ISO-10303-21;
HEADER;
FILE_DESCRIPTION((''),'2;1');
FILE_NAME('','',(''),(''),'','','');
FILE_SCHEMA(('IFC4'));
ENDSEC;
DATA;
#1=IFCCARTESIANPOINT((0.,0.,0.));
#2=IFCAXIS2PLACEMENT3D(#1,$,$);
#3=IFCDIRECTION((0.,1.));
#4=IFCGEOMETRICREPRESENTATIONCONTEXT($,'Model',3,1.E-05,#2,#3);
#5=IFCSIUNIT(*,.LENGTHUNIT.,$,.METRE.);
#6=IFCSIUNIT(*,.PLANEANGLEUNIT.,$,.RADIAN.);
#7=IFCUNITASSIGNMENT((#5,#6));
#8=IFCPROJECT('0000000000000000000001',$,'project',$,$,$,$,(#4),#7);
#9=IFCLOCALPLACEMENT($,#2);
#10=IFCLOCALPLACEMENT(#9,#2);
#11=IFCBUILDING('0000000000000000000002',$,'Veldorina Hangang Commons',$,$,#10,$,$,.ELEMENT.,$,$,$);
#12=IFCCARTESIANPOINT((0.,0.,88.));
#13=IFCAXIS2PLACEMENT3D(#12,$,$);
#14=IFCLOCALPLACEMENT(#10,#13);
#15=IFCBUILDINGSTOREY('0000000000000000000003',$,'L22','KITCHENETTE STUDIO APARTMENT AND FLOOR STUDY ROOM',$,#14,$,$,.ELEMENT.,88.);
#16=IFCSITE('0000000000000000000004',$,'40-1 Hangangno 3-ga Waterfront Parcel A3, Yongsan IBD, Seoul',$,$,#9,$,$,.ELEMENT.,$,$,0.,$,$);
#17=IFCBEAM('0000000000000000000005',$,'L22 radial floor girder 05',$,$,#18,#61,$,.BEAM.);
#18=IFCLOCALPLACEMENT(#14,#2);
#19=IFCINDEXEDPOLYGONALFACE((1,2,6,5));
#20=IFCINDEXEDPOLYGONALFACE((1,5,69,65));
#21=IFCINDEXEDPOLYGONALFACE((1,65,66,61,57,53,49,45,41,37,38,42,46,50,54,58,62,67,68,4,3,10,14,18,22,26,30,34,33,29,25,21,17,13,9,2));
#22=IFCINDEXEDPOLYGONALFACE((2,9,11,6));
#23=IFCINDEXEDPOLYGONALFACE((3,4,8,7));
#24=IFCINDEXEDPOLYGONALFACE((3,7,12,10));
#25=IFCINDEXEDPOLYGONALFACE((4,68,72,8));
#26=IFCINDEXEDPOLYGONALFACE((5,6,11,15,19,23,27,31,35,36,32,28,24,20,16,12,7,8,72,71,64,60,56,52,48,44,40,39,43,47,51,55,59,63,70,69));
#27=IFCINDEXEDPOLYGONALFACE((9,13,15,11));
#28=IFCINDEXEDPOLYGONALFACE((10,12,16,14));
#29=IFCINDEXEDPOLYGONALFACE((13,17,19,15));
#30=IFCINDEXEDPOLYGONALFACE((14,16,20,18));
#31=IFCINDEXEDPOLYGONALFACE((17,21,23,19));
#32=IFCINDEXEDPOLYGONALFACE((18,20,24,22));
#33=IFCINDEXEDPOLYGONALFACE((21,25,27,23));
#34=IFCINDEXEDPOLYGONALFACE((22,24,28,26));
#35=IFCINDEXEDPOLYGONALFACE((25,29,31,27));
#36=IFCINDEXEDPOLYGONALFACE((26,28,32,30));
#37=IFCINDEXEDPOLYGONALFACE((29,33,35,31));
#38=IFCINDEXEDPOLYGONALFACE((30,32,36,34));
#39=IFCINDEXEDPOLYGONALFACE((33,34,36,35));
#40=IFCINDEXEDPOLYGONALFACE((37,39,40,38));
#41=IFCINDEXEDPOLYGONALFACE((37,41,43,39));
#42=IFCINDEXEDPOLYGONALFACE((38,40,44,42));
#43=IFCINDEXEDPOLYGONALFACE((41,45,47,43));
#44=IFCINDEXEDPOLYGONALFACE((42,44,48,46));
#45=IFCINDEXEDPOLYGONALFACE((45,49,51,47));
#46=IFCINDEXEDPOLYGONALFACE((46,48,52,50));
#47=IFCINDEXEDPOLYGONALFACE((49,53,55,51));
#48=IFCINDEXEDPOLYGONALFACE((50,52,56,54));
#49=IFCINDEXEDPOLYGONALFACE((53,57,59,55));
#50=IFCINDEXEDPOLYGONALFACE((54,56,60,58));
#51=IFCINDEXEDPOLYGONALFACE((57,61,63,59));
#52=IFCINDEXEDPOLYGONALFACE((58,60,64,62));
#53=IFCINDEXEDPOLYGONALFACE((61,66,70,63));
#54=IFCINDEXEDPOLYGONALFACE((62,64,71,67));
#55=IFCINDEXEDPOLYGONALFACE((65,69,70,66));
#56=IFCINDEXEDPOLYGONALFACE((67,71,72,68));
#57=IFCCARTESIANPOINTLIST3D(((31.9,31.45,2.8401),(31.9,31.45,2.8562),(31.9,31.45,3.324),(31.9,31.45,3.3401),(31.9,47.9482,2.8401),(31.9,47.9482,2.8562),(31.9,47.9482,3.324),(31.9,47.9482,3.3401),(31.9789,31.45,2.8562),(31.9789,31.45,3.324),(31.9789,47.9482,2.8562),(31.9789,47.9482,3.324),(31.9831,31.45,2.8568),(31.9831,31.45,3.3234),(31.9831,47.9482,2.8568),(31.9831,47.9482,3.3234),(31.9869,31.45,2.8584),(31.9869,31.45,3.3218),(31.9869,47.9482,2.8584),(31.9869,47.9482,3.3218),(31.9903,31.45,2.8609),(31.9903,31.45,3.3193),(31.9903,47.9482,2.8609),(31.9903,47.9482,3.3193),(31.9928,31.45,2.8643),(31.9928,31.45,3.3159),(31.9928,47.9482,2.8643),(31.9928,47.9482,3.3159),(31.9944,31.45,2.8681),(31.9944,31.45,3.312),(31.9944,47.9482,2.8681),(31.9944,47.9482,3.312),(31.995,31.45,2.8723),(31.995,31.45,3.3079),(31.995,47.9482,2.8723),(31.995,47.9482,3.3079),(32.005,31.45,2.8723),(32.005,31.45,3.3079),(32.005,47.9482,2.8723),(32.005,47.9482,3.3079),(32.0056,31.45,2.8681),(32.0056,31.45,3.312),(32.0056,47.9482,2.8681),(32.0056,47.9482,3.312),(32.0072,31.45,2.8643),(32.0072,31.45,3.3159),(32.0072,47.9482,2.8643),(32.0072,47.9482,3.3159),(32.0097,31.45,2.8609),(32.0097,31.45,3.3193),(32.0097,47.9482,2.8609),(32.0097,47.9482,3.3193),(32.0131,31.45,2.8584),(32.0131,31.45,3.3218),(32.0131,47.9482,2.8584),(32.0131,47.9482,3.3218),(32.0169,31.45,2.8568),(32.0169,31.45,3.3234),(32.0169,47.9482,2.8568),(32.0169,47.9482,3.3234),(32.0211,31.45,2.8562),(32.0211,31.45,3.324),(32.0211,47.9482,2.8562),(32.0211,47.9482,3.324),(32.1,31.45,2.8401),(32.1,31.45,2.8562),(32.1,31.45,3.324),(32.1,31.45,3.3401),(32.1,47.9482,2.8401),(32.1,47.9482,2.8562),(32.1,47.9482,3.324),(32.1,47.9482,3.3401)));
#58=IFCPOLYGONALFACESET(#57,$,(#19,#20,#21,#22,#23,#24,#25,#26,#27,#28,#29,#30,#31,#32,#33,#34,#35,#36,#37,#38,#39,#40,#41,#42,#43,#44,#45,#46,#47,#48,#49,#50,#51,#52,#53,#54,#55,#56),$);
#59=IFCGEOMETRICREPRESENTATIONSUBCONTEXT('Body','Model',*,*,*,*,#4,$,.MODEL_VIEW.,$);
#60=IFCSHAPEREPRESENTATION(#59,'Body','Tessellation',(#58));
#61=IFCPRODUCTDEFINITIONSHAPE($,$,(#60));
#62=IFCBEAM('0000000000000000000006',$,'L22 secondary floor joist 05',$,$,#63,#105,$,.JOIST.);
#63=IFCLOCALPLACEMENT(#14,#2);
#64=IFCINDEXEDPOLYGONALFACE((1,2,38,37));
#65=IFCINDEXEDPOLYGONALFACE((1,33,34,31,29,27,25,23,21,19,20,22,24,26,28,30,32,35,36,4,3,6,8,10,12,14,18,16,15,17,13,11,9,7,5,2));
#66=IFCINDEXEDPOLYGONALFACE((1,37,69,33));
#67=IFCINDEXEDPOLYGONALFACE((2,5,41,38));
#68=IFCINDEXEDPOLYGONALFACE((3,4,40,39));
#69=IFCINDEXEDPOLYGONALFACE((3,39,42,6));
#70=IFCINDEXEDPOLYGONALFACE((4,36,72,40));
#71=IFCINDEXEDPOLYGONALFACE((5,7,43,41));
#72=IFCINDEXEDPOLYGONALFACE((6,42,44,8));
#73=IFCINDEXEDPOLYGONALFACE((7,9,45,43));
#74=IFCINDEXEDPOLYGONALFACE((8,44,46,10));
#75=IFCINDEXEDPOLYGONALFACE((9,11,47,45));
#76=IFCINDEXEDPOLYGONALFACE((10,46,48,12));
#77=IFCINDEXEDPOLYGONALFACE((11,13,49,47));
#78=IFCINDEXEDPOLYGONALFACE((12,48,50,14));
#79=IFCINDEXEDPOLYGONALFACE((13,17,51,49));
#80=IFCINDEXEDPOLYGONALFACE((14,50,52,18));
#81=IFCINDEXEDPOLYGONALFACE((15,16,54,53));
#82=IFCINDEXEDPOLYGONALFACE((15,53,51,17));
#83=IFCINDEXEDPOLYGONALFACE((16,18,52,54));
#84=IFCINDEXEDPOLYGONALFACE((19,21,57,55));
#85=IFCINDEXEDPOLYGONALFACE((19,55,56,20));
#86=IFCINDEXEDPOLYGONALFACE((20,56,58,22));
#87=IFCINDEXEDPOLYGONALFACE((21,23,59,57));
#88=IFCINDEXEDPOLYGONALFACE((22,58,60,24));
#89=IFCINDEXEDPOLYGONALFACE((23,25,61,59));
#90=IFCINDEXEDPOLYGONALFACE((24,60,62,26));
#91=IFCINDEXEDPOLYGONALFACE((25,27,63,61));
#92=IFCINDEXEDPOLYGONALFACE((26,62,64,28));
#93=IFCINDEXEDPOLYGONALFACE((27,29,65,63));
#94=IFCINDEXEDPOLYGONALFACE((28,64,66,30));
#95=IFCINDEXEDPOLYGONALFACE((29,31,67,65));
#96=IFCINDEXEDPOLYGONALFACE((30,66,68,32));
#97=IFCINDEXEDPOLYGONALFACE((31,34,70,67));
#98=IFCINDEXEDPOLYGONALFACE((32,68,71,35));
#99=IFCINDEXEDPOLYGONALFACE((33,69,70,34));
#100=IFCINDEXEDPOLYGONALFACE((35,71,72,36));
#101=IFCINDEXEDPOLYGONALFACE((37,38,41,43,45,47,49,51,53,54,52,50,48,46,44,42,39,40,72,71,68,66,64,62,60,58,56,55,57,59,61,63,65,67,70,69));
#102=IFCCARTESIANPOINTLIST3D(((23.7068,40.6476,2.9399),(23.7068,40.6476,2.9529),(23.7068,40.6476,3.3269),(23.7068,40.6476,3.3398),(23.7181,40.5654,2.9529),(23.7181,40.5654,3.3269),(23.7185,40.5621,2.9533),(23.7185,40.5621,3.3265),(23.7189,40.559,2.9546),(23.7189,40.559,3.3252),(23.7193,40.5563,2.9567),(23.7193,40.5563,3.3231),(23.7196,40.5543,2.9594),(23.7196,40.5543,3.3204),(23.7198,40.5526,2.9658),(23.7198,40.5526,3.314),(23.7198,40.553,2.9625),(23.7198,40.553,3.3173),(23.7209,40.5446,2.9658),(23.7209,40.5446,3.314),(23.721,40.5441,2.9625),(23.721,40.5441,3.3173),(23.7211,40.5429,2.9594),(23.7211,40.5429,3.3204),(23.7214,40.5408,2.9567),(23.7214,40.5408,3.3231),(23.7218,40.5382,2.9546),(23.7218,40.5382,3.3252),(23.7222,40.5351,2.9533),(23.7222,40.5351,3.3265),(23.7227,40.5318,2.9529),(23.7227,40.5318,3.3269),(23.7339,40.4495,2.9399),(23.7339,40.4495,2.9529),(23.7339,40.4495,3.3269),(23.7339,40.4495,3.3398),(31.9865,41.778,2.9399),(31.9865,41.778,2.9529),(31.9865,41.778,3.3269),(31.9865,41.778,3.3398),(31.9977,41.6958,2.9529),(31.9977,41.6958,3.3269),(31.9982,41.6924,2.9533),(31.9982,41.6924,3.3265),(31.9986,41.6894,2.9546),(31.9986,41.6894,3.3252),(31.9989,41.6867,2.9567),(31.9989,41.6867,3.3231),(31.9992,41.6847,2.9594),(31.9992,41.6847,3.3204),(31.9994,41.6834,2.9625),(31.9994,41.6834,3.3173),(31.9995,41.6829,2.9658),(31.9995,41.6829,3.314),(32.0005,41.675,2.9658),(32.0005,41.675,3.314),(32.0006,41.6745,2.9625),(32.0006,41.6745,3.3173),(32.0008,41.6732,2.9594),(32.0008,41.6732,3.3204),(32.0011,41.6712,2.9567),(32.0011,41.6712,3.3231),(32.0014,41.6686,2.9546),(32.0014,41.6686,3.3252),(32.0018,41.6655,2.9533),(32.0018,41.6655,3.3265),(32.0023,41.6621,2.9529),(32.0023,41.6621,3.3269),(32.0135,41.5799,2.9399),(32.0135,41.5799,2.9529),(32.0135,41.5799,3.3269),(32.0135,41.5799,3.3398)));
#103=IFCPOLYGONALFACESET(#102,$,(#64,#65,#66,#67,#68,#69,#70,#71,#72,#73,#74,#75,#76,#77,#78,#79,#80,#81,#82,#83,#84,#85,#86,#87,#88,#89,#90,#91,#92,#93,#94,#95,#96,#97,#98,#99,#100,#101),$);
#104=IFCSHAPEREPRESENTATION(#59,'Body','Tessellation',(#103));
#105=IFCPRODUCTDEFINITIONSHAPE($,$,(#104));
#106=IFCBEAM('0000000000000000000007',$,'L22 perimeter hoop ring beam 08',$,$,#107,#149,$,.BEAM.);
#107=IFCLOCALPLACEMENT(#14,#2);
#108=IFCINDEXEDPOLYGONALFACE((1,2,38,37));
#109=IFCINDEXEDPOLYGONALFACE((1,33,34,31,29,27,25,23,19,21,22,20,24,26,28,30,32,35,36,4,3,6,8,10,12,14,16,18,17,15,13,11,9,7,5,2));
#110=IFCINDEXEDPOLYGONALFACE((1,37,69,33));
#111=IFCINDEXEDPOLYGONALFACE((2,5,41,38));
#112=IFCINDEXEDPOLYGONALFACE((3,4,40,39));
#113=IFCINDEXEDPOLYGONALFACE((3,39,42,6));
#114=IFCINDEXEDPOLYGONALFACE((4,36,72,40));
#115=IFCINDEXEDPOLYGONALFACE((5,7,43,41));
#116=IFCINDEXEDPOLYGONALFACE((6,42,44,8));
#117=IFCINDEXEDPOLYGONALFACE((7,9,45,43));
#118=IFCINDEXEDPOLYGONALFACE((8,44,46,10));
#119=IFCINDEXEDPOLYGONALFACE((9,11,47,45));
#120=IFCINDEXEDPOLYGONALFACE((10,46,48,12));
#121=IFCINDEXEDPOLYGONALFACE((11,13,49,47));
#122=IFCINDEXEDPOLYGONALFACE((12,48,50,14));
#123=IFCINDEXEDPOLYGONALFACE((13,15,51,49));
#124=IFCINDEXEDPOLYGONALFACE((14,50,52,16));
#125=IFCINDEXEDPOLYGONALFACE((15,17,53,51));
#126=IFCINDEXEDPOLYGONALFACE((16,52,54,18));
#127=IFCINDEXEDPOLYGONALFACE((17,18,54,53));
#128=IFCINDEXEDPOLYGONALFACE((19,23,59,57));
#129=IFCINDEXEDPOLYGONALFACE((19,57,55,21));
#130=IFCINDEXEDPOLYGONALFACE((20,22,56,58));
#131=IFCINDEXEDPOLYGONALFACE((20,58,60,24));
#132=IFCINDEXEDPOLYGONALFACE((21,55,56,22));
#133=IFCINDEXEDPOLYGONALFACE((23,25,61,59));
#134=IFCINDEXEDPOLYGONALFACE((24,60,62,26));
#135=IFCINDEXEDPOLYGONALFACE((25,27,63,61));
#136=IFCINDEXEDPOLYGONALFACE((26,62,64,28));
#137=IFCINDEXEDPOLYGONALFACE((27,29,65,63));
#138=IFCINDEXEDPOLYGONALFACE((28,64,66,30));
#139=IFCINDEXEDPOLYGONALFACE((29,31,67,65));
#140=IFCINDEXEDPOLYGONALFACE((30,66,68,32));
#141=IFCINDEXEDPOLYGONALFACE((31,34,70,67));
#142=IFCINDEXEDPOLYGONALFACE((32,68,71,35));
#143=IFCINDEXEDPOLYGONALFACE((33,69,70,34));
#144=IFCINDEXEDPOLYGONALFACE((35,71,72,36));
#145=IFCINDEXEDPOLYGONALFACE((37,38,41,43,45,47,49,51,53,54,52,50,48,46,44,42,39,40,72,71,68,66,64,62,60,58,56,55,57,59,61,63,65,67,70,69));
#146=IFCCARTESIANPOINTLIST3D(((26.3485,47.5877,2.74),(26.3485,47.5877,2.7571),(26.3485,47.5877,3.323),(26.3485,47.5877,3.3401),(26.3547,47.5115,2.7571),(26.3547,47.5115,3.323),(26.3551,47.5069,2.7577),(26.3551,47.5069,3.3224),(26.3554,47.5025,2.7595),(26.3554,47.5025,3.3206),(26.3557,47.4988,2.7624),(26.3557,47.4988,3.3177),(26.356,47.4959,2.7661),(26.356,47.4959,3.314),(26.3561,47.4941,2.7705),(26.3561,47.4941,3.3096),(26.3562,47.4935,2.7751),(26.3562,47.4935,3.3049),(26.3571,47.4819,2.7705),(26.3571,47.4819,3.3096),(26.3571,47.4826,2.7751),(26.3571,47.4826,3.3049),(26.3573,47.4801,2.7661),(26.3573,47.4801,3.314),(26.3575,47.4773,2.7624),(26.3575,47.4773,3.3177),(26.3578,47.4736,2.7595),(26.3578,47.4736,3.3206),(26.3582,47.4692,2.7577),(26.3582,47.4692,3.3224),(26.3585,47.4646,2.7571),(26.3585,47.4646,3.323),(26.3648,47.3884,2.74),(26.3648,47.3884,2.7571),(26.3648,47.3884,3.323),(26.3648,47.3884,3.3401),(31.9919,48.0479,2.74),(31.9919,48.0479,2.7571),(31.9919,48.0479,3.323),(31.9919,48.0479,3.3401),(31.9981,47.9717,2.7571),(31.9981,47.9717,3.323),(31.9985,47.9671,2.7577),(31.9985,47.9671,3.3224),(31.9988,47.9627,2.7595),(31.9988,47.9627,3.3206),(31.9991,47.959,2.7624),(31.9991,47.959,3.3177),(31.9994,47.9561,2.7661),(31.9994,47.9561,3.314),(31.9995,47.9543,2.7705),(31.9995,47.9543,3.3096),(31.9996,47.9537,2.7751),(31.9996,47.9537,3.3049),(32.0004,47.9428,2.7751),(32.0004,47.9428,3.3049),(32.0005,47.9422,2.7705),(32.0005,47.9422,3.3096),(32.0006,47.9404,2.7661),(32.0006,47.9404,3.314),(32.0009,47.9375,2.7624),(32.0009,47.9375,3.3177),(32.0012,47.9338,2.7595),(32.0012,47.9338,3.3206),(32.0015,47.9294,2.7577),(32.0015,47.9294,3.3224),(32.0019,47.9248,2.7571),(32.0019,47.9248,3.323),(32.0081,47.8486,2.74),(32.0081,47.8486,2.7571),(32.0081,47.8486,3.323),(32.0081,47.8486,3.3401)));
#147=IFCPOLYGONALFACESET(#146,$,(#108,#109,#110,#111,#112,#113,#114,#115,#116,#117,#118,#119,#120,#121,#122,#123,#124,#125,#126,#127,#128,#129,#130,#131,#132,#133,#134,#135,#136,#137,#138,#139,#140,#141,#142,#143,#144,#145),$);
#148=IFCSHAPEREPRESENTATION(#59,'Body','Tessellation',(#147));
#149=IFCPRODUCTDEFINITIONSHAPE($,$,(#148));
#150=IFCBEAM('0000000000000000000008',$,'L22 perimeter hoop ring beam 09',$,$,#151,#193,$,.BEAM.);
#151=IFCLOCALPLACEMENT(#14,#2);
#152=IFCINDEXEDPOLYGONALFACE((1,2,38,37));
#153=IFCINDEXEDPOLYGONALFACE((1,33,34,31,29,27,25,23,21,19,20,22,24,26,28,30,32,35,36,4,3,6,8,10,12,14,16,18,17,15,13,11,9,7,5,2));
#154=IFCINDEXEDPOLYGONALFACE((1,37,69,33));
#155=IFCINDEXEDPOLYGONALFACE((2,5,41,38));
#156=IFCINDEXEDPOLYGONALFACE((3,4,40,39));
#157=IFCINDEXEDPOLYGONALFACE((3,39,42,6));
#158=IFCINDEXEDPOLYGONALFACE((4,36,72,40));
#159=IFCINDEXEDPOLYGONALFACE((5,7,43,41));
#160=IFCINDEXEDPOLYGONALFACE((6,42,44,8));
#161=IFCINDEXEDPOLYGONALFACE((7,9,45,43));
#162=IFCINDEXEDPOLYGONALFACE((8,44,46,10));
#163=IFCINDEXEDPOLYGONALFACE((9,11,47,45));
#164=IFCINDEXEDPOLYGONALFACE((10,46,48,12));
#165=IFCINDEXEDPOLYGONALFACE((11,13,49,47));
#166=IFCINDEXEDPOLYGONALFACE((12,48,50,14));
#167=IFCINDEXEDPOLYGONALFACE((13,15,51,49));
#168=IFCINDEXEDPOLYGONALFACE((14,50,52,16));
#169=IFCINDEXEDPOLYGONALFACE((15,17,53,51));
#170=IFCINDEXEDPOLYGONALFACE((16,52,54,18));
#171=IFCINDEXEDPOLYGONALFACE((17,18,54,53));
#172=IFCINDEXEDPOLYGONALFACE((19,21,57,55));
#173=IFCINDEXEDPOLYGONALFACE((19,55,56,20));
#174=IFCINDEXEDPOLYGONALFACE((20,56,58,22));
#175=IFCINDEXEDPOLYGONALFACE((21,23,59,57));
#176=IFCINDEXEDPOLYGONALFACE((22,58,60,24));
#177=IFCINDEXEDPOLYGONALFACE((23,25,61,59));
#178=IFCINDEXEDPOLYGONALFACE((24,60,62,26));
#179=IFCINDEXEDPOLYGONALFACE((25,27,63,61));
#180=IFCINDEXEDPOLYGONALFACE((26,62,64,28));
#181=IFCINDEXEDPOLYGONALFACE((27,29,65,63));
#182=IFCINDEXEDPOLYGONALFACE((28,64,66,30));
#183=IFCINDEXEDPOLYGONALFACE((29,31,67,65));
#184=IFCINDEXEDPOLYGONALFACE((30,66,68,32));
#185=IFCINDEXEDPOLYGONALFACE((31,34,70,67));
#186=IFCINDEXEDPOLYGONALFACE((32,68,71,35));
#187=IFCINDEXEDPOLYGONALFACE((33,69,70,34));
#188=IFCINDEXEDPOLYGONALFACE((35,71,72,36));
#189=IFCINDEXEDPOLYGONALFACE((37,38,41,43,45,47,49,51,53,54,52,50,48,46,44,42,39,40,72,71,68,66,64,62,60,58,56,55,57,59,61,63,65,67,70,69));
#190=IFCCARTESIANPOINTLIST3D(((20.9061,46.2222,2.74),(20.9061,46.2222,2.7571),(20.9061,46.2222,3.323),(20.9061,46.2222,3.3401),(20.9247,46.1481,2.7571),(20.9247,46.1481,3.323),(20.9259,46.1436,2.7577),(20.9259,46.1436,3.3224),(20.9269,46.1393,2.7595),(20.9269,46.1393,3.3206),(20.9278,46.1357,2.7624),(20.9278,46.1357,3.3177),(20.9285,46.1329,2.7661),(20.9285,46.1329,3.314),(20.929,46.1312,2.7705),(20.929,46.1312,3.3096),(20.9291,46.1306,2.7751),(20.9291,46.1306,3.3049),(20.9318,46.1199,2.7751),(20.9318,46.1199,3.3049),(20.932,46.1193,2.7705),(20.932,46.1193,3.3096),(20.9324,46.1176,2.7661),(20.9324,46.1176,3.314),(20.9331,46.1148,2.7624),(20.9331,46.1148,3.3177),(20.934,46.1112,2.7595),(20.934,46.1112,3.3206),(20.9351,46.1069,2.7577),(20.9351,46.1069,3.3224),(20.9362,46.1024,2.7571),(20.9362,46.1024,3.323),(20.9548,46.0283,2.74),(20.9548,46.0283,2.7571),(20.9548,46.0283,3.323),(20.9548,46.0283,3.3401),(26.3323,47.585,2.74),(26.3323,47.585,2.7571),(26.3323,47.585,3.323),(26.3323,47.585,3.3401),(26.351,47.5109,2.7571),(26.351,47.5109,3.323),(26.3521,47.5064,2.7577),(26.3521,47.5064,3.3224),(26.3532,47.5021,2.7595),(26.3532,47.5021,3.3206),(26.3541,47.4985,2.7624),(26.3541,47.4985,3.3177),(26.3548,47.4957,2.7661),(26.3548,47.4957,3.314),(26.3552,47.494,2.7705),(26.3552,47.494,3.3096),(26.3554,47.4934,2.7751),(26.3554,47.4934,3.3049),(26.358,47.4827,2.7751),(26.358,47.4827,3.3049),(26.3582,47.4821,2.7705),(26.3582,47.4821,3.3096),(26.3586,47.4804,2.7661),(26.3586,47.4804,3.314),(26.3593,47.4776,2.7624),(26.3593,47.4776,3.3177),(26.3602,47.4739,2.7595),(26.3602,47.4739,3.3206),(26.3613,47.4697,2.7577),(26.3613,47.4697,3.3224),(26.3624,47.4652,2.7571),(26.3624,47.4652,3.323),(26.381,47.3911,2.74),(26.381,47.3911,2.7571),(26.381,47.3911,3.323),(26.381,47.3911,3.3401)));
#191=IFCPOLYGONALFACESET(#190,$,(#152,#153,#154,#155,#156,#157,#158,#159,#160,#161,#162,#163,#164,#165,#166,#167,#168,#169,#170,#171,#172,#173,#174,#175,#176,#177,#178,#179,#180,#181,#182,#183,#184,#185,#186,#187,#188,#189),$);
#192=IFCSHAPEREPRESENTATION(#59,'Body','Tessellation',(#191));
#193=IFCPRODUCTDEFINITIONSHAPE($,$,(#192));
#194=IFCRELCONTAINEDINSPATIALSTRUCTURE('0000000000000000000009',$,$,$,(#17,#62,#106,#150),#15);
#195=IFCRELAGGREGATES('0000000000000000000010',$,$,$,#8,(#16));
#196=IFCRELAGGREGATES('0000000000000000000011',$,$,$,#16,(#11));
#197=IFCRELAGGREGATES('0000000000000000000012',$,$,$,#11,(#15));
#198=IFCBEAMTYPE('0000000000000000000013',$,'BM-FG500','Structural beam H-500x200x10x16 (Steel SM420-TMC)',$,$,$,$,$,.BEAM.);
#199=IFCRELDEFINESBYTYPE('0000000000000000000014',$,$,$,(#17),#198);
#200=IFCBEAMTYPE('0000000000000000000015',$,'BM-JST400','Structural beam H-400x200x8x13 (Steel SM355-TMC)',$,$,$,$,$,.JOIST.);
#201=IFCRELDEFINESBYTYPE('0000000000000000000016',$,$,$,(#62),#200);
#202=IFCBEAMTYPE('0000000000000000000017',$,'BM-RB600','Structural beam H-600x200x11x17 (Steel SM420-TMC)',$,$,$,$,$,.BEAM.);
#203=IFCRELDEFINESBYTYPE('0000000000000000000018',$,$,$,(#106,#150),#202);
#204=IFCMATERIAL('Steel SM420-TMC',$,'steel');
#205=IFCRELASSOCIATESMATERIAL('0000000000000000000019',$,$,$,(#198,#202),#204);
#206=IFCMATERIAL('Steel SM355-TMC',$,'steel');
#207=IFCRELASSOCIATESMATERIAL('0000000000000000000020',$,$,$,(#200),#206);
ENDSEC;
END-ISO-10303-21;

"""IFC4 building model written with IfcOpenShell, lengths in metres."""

from ifc_helpers import new_model, si_unit, direction, frame, origin, origin_2d, place, context, subcontext, project, spatial, i_section, extrude, material, material_profile, profile_set, type_object, element, save


model = new_model("IFC4")

# Units and contexts
model_context = context("Model", 3, precision=1e-05, world=origin(), true_north=direction((0.0, 1.0)))
body_context = subcontext(model_context, "Body", "Model", "MODEL_VIEW")
ifc_project = project(units=[si_unit("LENGTHUNIT", "METRE"), si_unit("PLANEANGLEUNIT", "RADIAN")], contexts=[model_context])

# Site, building, storey
site_placement = place(None, origin())
site = spatial("IfcSite", under=ifc_project, at=site_placement, Name="40-1 Hangangno 3-ga Waterfront Parcel A3, Yongsan IBD, Seoul", CompositionType="ELEMENT", RefElevation=0.0)
building_placement = place(site_placement, origin())
building = spatial("IfcBuilding", under=site, at=building_placement, Name="Veldorina Hangang Commons", CompositionType="ELEMENT")
storey_placement = place(building_placement, frame((0.0, 0.0, 88.0)))
storey = spatial("IfcBuildingStorey", under=building, at=storey_placement, Name="L22", Description="KITCHENETTE STUDIO APARTMENT AND FLOOR STUDY ROOM", CompositionType="ELEMENT", Elevation=88.0)

# Beams
ifc_material_1 = material(Name="Steel SM420-TMC", Category="steel")
ifc_material_profile_1 = material_profile(ifc_material_1, i_section(OverallWidth=0.2, OverallDepth=0.5, WebThickness=0.01, FlangeThickness=0.0161, FilletRadius=0.0161, at=origin_2d()), Name="H-500x200x10x16")
ifc_profile_set_1 = profile_set([ifc_material_profile_1], Name="Steel SM420-TMC")
beam_type_1 = type_object("IfcBeamType", Name="BM-FG500", Description="Structural beam H-500x200x10x16 (Steel SM420-TMC)", PredefinedType="BEAM", material=ifc_profile_set_1)
beam_1_placement = place(storey_placement, frame((32.0, 31.45, 3.0901), z_axis=(0.0, 1.0, 0.0), x_axis=(-1.0, 0.0, 0.0)))
element("IfcBeam", 1, at=beam_1_placement, inside=storey, type_object=beam_type_1, Name="L22 radial floor girder 05", PredefinedType="BEAM", context=body_context, shape_type="SweptSolid", body=[
    extrude(i_section(OverallWidth=0.2, OverallDepth=0.5, WebThickness=0.01, FlangeThickness=0.0161, FilletRadius=0.0161, at=origin_2d()), origin(), (0.0, 0.0, 1.0), 16.4983),
])
ifc_material_2 = material(Name="Steel SM355-TMC", Category="steel")
ifc_material_profile_2 = material_profile(ifc_material_2, i_section(OverallWidth=0.2, OverallDepth=0.3999, WebThickness=0.0081, FlangeThickness=0.0129, FilletRadius=0.0129, at=origin_2d()), Name="H-400x200x8x13")
ifc_profile_set_2 = profile_set([ifc_material_profile_2], Name="Steel SM355-TMC")
beam_type_2 = type_object("IfcBeamType", Name="BM-JST400", Description="Structural beam H-400x200x8x13 (Steel SM355-TMC)", PredefinedType="JOIST", material=ifc_profile_set_2)
beam_2_placement = place(storey_placement, frame((32.0, 41.679, 3.1399), z_axis=(-0.990809, -0.135271, 0.0), x_axis=(0.135271, -0.990809, 0.0)))
element("IfcBeam", 2, at=beam_2_placement, inside=storey, type_object=beam_type_2, Name="L22 secondary floor joist 05", PredefinedType="JOIST", context=body_context, shape_type="SweptSolid", body=[
    extrude(i_section(OverallWidth=0.2, OverallDepth=0.3999, WebThickness=0.0081, FlangeThickness=0.0129, FilletRadius=0.0129, at=origin_2d()), origin(), (0.0, 0.0, 1.0), 8.3564),
])
ifc_material_profile_3 = material_profile(ifc_material_1, i_section(OverallWidth=0.2, OverallDepth=0.6001, WebThickness=0.011, FlangeThickness=0.0171, FilletRadius=0.0181, at=origin_2d()), Name="H-600x200x11x17")
ifc_profile_set_3 = profile_set([ifc_material_profile_3], Name="Steel SM420-TMC")
beam_type_3 = type_object("IfcBeamType", Name="BM-RB600", Description="Structural beam H-600x200x11x17 (Steel SM420-TMC)", PredefinedType="BEAM", material=ifc_profile_set_3)
beam_3_placement = place(storey_placement, frame((32.0, 47.9482, 3.04), z_axis=(-0.996691, -0.081279, 0.0), x_axis=(0.081279, -0.996691, 0.0)))
element("IfcBeam", 3, at=beam_3_placement, inside=storey, type_object=beam_type_3, Name="L22 perimeter hoop ring beam 08", PredefinedType="BEAM", context=body_context, shape_type="SweptSolid", body=[
    extrude(i_section(OverallWidth=0.2, OverallDepth=0.6001, WebThickness=0.011, FlangeThickness=0.0171, FilletRadius=0.0181, at=origin_2d()), origin(), (0.0, 0.0, 1.0), 5.6621),
])
beam_4_placement = place(storey_placement, frame((26.3567, 47.488, 3.04), z_axis=(-0.96988, -0.243583, 0.0), x_axis=(0.243583, -0.96988, 0.0)))
element("IfcBeam", 4, at=beam_4_placement, inside=storey, type_object=beam_type_3, Name="L22 perimeter hoop ring beam 09", PredefinedType="BEAM", context=body_context, shape_type="SweptSolid", body=[
    extrude(i_section(OverallWidth=0.2, OverallDepth=0.6001, WebThickness=0.011, FlangeThickness=0.0171, FilletRadius=0.0181, at=origin_2d()), origin(), (0.0, 0.0, 1.0), 5.5947),
])

save(model, "model.ifc")
